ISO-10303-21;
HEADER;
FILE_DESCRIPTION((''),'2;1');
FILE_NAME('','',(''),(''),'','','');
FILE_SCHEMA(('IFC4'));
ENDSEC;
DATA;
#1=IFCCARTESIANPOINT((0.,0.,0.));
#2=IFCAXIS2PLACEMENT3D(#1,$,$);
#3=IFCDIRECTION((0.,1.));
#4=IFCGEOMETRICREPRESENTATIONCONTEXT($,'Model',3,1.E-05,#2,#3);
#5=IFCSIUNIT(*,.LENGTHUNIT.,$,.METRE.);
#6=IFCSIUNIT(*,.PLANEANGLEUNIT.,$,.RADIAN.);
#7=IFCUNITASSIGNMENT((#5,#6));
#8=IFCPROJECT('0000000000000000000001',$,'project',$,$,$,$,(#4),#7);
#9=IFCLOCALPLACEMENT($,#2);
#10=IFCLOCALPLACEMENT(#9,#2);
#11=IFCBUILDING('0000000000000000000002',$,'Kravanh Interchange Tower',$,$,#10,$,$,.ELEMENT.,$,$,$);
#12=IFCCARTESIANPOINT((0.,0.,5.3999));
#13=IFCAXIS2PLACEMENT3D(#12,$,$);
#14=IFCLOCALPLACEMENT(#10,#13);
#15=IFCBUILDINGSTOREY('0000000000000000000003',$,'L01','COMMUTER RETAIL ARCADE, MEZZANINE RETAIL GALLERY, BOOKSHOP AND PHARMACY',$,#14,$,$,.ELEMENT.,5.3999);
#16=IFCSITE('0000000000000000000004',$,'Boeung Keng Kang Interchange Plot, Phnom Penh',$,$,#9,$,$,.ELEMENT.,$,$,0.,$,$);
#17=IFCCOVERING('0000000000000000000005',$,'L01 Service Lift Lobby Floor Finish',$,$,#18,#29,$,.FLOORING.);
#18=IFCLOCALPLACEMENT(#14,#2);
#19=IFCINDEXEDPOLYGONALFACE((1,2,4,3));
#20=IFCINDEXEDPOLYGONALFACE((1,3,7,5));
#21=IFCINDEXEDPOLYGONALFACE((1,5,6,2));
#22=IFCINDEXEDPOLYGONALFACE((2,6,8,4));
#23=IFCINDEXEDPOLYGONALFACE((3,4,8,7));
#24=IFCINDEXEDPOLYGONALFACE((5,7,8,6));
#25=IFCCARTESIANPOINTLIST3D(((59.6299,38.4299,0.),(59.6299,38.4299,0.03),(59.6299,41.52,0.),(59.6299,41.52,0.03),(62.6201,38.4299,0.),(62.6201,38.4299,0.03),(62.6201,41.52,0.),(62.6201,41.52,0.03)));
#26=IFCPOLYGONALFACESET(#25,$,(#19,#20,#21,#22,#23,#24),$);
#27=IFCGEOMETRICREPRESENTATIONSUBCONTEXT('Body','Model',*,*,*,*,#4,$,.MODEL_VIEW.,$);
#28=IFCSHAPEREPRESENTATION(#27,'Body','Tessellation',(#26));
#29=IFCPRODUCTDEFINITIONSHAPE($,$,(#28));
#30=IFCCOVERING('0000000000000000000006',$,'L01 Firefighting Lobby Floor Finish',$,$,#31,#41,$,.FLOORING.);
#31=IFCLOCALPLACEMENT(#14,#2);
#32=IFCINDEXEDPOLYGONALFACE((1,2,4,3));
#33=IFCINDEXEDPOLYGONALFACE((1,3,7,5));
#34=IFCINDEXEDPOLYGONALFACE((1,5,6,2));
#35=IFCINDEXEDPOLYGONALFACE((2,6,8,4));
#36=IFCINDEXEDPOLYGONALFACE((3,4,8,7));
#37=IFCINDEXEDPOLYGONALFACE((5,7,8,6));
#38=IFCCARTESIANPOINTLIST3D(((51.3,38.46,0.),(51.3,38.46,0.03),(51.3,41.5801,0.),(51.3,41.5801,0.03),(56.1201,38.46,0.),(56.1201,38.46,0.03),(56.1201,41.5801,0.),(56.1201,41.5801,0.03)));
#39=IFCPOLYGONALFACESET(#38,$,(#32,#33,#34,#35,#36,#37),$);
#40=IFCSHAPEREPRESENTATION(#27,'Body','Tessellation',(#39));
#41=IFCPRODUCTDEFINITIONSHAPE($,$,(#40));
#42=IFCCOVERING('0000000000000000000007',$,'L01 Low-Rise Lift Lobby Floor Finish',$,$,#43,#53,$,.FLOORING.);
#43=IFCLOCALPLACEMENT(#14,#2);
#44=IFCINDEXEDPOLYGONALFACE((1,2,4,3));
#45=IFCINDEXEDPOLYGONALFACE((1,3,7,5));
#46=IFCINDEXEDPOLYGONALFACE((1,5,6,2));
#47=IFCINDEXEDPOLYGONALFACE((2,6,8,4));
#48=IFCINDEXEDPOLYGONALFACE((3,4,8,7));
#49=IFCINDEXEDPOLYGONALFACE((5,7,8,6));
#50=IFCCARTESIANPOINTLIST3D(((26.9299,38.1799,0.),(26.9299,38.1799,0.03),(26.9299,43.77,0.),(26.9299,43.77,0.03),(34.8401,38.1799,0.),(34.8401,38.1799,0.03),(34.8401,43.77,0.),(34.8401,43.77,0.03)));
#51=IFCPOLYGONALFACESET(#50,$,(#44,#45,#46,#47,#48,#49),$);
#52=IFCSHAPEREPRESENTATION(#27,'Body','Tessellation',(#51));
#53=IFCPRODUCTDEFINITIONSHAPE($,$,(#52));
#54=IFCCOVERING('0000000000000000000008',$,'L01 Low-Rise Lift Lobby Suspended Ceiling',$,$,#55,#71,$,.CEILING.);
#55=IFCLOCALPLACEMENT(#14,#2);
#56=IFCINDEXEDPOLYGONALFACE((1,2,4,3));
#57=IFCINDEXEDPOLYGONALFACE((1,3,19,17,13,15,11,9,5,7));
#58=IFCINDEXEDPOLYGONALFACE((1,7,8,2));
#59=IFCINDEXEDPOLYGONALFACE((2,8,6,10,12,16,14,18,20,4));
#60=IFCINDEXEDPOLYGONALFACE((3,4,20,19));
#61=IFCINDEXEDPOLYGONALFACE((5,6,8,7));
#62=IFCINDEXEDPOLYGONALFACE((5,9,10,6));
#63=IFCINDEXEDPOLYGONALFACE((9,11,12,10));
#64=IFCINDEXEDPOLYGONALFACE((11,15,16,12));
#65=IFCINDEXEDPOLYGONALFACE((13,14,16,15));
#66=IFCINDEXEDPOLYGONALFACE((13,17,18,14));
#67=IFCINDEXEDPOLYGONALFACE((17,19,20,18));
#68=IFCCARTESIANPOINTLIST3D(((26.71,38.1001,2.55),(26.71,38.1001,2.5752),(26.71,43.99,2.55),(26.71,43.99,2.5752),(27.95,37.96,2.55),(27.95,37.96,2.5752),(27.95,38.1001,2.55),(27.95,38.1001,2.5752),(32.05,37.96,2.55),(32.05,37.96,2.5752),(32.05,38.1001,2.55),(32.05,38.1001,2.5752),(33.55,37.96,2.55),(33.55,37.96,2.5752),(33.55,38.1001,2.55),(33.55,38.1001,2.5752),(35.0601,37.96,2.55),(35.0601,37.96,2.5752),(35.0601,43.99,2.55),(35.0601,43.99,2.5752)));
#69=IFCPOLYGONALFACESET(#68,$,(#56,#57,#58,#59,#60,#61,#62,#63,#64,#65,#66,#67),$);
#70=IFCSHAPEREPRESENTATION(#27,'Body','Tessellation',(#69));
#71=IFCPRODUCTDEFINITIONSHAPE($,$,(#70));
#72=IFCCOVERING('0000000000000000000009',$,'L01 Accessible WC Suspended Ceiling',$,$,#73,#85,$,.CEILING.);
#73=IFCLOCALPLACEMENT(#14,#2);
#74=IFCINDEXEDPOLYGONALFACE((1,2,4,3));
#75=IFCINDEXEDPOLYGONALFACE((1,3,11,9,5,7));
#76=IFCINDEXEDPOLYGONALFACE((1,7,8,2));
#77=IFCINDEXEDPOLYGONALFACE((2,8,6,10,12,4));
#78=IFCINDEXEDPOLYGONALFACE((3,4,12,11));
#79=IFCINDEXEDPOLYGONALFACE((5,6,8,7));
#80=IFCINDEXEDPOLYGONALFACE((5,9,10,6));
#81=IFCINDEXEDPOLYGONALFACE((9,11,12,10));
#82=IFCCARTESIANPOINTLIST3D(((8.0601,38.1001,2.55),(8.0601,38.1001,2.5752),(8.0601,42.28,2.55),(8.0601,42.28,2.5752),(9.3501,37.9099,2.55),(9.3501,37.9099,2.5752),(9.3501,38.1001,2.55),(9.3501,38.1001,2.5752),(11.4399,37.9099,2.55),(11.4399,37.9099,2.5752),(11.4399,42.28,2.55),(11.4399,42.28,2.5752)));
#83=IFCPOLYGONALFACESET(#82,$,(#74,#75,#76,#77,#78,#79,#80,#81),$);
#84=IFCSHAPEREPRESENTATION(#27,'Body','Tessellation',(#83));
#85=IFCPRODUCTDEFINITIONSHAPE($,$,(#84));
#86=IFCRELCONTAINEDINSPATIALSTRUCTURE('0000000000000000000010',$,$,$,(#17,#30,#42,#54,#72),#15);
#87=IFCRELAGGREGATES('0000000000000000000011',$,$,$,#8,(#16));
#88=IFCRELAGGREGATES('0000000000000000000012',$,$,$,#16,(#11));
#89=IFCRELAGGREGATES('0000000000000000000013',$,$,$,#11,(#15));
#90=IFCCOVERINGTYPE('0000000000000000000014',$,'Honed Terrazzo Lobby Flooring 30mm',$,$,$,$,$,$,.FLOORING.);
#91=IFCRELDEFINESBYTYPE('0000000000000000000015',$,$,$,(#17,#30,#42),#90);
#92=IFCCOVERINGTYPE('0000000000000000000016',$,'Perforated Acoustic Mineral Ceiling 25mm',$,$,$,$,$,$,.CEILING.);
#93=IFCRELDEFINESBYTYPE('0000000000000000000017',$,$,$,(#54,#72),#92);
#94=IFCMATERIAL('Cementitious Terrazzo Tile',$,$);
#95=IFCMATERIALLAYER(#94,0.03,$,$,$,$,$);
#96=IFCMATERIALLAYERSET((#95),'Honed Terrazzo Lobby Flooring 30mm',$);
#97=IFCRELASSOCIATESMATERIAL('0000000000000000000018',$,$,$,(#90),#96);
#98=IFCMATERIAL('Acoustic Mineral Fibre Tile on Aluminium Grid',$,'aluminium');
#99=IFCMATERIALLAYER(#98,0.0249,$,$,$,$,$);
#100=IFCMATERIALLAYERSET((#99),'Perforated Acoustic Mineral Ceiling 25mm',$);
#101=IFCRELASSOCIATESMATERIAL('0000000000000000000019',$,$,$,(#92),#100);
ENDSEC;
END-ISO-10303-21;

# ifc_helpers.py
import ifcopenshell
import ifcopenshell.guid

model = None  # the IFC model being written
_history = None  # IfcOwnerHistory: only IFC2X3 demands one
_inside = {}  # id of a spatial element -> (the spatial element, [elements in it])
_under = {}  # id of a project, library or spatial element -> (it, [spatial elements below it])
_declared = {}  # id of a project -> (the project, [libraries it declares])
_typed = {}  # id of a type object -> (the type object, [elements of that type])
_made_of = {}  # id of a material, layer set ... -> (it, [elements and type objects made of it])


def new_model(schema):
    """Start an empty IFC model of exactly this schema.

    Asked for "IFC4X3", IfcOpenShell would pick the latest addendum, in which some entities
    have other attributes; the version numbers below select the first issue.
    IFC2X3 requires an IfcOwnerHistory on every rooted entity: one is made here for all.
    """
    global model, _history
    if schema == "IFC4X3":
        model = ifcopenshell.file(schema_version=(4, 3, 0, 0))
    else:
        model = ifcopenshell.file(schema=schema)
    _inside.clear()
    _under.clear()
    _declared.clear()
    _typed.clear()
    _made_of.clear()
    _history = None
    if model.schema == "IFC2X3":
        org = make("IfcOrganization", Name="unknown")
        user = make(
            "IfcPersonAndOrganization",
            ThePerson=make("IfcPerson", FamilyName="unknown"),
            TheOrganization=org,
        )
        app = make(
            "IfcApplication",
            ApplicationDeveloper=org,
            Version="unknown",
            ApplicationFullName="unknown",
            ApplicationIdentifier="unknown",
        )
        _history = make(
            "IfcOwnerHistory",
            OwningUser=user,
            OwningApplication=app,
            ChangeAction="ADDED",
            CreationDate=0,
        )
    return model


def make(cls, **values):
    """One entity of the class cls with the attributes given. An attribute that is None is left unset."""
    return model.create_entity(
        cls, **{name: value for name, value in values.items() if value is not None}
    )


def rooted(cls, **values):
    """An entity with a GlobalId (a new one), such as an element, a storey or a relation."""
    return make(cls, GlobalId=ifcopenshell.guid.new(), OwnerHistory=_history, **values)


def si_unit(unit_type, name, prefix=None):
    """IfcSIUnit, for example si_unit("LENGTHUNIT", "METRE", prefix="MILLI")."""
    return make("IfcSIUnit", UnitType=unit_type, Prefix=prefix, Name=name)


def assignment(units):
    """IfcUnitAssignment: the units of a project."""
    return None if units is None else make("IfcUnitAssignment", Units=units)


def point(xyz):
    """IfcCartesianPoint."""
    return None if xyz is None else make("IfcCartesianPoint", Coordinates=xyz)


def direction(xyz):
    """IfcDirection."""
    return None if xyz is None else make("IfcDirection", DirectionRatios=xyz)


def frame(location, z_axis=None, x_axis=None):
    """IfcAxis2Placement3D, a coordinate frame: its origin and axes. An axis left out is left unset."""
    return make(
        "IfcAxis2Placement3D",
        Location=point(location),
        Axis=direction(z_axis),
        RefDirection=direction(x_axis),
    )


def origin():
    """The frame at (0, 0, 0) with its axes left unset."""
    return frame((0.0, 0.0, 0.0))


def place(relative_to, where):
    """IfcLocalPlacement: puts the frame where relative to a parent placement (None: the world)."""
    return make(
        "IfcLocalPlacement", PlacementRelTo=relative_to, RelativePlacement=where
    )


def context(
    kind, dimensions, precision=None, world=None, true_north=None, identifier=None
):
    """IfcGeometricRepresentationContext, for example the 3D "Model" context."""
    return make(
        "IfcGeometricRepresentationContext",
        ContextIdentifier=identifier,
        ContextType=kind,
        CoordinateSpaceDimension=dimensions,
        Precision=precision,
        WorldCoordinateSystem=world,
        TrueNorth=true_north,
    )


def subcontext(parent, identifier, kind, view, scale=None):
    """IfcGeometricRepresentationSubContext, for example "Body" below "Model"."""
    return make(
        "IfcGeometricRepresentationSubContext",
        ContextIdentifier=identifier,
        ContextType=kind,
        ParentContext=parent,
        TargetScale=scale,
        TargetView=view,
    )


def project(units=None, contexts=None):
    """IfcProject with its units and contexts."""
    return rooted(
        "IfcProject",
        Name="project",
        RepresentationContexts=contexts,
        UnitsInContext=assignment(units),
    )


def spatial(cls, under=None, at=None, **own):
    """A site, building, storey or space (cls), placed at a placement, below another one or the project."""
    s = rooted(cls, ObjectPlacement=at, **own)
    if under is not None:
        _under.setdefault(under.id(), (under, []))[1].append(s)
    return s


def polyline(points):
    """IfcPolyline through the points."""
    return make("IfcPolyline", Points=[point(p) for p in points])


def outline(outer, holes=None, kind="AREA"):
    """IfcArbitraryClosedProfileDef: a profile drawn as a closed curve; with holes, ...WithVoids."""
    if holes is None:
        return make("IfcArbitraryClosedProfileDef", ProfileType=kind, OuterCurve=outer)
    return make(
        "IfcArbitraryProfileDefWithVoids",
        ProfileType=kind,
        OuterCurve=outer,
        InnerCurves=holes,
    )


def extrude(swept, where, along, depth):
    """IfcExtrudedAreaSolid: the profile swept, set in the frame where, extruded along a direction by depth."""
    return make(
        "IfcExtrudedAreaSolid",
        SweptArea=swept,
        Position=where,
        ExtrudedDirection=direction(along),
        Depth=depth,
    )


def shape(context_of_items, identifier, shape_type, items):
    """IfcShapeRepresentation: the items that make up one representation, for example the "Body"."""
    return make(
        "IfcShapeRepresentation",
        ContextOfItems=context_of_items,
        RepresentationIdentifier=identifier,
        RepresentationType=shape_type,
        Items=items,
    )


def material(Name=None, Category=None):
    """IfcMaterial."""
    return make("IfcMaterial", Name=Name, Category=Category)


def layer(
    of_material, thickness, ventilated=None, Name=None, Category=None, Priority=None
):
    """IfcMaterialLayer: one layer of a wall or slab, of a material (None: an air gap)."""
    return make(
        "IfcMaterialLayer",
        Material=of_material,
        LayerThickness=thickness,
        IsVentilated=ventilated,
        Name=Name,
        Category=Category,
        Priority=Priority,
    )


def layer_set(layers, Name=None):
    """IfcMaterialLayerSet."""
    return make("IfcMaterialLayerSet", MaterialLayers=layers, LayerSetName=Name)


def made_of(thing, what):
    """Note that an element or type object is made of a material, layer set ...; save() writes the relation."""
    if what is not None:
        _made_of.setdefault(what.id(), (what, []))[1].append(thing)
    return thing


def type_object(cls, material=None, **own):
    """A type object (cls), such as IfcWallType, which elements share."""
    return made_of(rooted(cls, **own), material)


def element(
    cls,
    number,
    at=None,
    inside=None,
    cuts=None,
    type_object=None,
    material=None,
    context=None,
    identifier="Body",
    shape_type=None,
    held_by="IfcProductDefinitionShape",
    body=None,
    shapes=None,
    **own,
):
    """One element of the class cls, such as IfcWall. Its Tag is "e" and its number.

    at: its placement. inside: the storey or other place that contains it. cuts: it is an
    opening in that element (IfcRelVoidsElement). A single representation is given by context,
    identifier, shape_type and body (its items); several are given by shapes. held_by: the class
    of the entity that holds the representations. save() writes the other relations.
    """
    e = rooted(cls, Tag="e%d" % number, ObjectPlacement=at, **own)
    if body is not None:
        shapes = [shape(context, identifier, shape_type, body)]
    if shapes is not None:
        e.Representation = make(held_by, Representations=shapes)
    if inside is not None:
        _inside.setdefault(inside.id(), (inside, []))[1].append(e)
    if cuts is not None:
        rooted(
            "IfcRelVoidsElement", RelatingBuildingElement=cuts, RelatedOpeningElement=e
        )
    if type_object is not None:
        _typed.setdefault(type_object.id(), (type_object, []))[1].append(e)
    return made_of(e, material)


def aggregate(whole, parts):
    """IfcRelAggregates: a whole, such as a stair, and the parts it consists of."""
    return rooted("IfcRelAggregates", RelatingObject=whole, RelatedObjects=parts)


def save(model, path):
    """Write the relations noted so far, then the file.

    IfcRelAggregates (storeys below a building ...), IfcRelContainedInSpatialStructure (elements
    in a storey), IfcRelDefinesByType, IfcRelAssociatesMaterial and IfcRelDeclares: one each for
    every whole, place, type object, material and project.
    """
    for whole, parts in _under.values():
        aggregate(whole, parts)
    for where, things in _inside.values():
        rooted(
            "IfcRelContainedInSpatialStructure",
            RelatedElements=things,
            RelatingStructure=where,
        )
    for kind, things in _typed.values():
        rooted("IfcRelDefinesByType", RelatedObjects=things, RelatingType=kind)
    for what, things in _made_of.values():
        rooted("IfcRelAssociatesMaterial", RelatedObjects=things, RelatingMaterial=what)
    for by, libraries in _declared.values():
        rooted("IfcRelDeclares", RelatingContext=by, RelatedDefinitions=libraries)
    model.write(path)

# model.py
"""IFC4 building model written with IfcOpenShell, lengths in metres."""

from ifc_helpers import new_model, si_unit, direction, frame, origin, place, context, subcontext, project, spatial, polyline, outline, extrude, material, layer, layer_set, type_object, element, save


model = new_model("IFC4")

# Units and contexts
model_context = context("Model", 3, precision=1e-05, world=origin(), true_north=direction((0.0, 1.0)))
body_context = subcontext(model_context, "Body", "Model", "MODEL_VIEW")
ifc_project = project(units=[si_unit("LENGTHUNIT", "METRE"), si_unit("PLANEANGLEUNIT", "RADIAN")], contexts=[model_context])

# Site, building, storey
site_placement = place(None, origin())
site = spatial("IfcSite", under=ifc_project, at=site_placement, Name="Boeung Keng Kang Interchange Plot, Phnom Penh", CompositionType="ELEMENT", RefElevation=0.0)
building_placement = place(site_placement, origin())
building = spatial("IfcBuilding", under=site, at=building_placement, Name="Kravanh Interchange Tower", CompositionType="ELEMENT")
storey_placement = place(building_placement, frame((0.0, 0.0, 5.3999)))
storey = spatial("IfcBuildingStorey", under=building, at=storey_placement, Name="L01", Description="COMMUTER RETAIL ARCADE, MEZZANINE RETAIL GALLERY, BOOKSHOP AND PHARMACY", CompositionType="ELEMENT", Elevation=5.3999)

# Coverings
ifc_material_1 = material(Name="Cementitious Terrazzo Tile")
ifc_layer_1 = layer(ifc_material_1, 0.03)
ifc_layer_set_1 = layer_set([ifc_layer_1], Name="Honed Terrazzo Lobby Flooring 30mm")
covering_type_1 = type_object("IfcCoveringType", Name="Honed Terrazzo Lobby Flooring 30mm", PredefinedType="FLOORING", material=ifc_layer_set_1)
covering_1_placement = place(storey_placement, origin())
element("IfcCovering", 1, at=covering_1_placement, inside=storey, type_object=covering_type_1, Name="L01 Service Lift Lobby Floor Finish", PredefinedType="FLOORING", context=body_context, shape_type="SweptSolid", body=[
    extrude(outline(polyline([(59.6299, 41.52), (62.6201, 41.52), (62.6201, 38.4299), (59.6299, 38.4299), (59.6299, 41.52)])), origin(), (0.0, 0.0, 1.0), 0.03),
])
covering_2_placement = place(storey_placement, origin())
element("IfcCovering", 2, at=covering_2_placement, inside=storey, type_object=covering_type_1, Name="L01 Firefighting Lobby Floor Finish", PredefinedType="FLOORING", context=body_context, shape_type="SweptSolid", body=[
    extrude(outline(polyline([(56.1201, 38.46), (51.3, 38.46), (51.3, 41.5801), (56.1201, 41.5801), (56.1201, 38.46)])), origin(), (0.0, 0.0, 1.0), 0.03),
])
covering_3_placement = place(storey_placement, origin())
element("IfcCovering", 3, at=covering_3_placement, inside=storey, type_object=covering_type_1, Name="L01 Low-Rise Lift Lobby Floor Finish", PredefinedType="FLOORING", context=body_context, shape_type="SweptSolid", body=[
    extrude(outline(polyline([(26.9299, 43.77), (34.8401, 43.77), (34.8401, 38.1799), (26.9299, 38.1799), (26.9299, 43.77)])), origin(), (0.0, 0.0, 1.0), 0.03),
])
ifc_material_2 = material(Name="Acoustic Mineral Fibre Tile on Aluminium Grid", Category="aluminium")
ifc_layer_2 = layer(ifc_material_2, 0.0249)
ifc_layer_set_2 = layer_set([ifc_layer_2], Name="Perforated Acoustic Mineral Ceiling 25mm")
covering_type_2 = type_object("IfcCoveringType", Name="Perforated Acoustic Mineral Ceiling 25mm", PredefinedType="CEILING", material=ifc_layer_set_2)
covering_4_placement = place(storey_placement, frame((0.0, 0.0, 2.55)))
element("IfcCovering", 4, at=covering_4_placement, inside=storey, type_object=covering_type_2, Name="L01 Low-Rise Lift Lobby Suspended Ceiling", PredefinedType="CEILING", context=body_context, shape_type="SweptSolid", body=[
    extrude(outline(polyline([(35.0601, 37.96), (33.55, 37.96), (33.55, 38.1001), (32.05, 38.1001), (32.05, 37.96), (27.95, 37.96), (27.95, 38.1001), (26.71, 38.1001), (26.71, 43.99), (35.0601, 43.99), (35.0601, 37.96)])), origin(), (0.0, 0.0, 1.0), 0.0251),
])
covering_5_placement = place(storey_placement, frame((0.0, 0.0, 2.55)))
element("IfcCovering", 5, at=covering_5_placement, inside=storey, type_object=covering_type_2, Name="L01 Accessible WC Suspended Ceiling", PredefinedType="CEILING", context=body_context, shape_type="SweptSolid", body=[
    extrude(outline(polyline([(8.0601, 42.28), (11.4399, 42.28), (11.4399, 37.9099), (9.3501, 37.9099), (9.3501, 38.1001), (8.0601, 38.1001), (8.0601, 42.28)])), origin(), (0.0, 0.0, 1.0), 0.0251),
])

save(model, "model.ifc")
